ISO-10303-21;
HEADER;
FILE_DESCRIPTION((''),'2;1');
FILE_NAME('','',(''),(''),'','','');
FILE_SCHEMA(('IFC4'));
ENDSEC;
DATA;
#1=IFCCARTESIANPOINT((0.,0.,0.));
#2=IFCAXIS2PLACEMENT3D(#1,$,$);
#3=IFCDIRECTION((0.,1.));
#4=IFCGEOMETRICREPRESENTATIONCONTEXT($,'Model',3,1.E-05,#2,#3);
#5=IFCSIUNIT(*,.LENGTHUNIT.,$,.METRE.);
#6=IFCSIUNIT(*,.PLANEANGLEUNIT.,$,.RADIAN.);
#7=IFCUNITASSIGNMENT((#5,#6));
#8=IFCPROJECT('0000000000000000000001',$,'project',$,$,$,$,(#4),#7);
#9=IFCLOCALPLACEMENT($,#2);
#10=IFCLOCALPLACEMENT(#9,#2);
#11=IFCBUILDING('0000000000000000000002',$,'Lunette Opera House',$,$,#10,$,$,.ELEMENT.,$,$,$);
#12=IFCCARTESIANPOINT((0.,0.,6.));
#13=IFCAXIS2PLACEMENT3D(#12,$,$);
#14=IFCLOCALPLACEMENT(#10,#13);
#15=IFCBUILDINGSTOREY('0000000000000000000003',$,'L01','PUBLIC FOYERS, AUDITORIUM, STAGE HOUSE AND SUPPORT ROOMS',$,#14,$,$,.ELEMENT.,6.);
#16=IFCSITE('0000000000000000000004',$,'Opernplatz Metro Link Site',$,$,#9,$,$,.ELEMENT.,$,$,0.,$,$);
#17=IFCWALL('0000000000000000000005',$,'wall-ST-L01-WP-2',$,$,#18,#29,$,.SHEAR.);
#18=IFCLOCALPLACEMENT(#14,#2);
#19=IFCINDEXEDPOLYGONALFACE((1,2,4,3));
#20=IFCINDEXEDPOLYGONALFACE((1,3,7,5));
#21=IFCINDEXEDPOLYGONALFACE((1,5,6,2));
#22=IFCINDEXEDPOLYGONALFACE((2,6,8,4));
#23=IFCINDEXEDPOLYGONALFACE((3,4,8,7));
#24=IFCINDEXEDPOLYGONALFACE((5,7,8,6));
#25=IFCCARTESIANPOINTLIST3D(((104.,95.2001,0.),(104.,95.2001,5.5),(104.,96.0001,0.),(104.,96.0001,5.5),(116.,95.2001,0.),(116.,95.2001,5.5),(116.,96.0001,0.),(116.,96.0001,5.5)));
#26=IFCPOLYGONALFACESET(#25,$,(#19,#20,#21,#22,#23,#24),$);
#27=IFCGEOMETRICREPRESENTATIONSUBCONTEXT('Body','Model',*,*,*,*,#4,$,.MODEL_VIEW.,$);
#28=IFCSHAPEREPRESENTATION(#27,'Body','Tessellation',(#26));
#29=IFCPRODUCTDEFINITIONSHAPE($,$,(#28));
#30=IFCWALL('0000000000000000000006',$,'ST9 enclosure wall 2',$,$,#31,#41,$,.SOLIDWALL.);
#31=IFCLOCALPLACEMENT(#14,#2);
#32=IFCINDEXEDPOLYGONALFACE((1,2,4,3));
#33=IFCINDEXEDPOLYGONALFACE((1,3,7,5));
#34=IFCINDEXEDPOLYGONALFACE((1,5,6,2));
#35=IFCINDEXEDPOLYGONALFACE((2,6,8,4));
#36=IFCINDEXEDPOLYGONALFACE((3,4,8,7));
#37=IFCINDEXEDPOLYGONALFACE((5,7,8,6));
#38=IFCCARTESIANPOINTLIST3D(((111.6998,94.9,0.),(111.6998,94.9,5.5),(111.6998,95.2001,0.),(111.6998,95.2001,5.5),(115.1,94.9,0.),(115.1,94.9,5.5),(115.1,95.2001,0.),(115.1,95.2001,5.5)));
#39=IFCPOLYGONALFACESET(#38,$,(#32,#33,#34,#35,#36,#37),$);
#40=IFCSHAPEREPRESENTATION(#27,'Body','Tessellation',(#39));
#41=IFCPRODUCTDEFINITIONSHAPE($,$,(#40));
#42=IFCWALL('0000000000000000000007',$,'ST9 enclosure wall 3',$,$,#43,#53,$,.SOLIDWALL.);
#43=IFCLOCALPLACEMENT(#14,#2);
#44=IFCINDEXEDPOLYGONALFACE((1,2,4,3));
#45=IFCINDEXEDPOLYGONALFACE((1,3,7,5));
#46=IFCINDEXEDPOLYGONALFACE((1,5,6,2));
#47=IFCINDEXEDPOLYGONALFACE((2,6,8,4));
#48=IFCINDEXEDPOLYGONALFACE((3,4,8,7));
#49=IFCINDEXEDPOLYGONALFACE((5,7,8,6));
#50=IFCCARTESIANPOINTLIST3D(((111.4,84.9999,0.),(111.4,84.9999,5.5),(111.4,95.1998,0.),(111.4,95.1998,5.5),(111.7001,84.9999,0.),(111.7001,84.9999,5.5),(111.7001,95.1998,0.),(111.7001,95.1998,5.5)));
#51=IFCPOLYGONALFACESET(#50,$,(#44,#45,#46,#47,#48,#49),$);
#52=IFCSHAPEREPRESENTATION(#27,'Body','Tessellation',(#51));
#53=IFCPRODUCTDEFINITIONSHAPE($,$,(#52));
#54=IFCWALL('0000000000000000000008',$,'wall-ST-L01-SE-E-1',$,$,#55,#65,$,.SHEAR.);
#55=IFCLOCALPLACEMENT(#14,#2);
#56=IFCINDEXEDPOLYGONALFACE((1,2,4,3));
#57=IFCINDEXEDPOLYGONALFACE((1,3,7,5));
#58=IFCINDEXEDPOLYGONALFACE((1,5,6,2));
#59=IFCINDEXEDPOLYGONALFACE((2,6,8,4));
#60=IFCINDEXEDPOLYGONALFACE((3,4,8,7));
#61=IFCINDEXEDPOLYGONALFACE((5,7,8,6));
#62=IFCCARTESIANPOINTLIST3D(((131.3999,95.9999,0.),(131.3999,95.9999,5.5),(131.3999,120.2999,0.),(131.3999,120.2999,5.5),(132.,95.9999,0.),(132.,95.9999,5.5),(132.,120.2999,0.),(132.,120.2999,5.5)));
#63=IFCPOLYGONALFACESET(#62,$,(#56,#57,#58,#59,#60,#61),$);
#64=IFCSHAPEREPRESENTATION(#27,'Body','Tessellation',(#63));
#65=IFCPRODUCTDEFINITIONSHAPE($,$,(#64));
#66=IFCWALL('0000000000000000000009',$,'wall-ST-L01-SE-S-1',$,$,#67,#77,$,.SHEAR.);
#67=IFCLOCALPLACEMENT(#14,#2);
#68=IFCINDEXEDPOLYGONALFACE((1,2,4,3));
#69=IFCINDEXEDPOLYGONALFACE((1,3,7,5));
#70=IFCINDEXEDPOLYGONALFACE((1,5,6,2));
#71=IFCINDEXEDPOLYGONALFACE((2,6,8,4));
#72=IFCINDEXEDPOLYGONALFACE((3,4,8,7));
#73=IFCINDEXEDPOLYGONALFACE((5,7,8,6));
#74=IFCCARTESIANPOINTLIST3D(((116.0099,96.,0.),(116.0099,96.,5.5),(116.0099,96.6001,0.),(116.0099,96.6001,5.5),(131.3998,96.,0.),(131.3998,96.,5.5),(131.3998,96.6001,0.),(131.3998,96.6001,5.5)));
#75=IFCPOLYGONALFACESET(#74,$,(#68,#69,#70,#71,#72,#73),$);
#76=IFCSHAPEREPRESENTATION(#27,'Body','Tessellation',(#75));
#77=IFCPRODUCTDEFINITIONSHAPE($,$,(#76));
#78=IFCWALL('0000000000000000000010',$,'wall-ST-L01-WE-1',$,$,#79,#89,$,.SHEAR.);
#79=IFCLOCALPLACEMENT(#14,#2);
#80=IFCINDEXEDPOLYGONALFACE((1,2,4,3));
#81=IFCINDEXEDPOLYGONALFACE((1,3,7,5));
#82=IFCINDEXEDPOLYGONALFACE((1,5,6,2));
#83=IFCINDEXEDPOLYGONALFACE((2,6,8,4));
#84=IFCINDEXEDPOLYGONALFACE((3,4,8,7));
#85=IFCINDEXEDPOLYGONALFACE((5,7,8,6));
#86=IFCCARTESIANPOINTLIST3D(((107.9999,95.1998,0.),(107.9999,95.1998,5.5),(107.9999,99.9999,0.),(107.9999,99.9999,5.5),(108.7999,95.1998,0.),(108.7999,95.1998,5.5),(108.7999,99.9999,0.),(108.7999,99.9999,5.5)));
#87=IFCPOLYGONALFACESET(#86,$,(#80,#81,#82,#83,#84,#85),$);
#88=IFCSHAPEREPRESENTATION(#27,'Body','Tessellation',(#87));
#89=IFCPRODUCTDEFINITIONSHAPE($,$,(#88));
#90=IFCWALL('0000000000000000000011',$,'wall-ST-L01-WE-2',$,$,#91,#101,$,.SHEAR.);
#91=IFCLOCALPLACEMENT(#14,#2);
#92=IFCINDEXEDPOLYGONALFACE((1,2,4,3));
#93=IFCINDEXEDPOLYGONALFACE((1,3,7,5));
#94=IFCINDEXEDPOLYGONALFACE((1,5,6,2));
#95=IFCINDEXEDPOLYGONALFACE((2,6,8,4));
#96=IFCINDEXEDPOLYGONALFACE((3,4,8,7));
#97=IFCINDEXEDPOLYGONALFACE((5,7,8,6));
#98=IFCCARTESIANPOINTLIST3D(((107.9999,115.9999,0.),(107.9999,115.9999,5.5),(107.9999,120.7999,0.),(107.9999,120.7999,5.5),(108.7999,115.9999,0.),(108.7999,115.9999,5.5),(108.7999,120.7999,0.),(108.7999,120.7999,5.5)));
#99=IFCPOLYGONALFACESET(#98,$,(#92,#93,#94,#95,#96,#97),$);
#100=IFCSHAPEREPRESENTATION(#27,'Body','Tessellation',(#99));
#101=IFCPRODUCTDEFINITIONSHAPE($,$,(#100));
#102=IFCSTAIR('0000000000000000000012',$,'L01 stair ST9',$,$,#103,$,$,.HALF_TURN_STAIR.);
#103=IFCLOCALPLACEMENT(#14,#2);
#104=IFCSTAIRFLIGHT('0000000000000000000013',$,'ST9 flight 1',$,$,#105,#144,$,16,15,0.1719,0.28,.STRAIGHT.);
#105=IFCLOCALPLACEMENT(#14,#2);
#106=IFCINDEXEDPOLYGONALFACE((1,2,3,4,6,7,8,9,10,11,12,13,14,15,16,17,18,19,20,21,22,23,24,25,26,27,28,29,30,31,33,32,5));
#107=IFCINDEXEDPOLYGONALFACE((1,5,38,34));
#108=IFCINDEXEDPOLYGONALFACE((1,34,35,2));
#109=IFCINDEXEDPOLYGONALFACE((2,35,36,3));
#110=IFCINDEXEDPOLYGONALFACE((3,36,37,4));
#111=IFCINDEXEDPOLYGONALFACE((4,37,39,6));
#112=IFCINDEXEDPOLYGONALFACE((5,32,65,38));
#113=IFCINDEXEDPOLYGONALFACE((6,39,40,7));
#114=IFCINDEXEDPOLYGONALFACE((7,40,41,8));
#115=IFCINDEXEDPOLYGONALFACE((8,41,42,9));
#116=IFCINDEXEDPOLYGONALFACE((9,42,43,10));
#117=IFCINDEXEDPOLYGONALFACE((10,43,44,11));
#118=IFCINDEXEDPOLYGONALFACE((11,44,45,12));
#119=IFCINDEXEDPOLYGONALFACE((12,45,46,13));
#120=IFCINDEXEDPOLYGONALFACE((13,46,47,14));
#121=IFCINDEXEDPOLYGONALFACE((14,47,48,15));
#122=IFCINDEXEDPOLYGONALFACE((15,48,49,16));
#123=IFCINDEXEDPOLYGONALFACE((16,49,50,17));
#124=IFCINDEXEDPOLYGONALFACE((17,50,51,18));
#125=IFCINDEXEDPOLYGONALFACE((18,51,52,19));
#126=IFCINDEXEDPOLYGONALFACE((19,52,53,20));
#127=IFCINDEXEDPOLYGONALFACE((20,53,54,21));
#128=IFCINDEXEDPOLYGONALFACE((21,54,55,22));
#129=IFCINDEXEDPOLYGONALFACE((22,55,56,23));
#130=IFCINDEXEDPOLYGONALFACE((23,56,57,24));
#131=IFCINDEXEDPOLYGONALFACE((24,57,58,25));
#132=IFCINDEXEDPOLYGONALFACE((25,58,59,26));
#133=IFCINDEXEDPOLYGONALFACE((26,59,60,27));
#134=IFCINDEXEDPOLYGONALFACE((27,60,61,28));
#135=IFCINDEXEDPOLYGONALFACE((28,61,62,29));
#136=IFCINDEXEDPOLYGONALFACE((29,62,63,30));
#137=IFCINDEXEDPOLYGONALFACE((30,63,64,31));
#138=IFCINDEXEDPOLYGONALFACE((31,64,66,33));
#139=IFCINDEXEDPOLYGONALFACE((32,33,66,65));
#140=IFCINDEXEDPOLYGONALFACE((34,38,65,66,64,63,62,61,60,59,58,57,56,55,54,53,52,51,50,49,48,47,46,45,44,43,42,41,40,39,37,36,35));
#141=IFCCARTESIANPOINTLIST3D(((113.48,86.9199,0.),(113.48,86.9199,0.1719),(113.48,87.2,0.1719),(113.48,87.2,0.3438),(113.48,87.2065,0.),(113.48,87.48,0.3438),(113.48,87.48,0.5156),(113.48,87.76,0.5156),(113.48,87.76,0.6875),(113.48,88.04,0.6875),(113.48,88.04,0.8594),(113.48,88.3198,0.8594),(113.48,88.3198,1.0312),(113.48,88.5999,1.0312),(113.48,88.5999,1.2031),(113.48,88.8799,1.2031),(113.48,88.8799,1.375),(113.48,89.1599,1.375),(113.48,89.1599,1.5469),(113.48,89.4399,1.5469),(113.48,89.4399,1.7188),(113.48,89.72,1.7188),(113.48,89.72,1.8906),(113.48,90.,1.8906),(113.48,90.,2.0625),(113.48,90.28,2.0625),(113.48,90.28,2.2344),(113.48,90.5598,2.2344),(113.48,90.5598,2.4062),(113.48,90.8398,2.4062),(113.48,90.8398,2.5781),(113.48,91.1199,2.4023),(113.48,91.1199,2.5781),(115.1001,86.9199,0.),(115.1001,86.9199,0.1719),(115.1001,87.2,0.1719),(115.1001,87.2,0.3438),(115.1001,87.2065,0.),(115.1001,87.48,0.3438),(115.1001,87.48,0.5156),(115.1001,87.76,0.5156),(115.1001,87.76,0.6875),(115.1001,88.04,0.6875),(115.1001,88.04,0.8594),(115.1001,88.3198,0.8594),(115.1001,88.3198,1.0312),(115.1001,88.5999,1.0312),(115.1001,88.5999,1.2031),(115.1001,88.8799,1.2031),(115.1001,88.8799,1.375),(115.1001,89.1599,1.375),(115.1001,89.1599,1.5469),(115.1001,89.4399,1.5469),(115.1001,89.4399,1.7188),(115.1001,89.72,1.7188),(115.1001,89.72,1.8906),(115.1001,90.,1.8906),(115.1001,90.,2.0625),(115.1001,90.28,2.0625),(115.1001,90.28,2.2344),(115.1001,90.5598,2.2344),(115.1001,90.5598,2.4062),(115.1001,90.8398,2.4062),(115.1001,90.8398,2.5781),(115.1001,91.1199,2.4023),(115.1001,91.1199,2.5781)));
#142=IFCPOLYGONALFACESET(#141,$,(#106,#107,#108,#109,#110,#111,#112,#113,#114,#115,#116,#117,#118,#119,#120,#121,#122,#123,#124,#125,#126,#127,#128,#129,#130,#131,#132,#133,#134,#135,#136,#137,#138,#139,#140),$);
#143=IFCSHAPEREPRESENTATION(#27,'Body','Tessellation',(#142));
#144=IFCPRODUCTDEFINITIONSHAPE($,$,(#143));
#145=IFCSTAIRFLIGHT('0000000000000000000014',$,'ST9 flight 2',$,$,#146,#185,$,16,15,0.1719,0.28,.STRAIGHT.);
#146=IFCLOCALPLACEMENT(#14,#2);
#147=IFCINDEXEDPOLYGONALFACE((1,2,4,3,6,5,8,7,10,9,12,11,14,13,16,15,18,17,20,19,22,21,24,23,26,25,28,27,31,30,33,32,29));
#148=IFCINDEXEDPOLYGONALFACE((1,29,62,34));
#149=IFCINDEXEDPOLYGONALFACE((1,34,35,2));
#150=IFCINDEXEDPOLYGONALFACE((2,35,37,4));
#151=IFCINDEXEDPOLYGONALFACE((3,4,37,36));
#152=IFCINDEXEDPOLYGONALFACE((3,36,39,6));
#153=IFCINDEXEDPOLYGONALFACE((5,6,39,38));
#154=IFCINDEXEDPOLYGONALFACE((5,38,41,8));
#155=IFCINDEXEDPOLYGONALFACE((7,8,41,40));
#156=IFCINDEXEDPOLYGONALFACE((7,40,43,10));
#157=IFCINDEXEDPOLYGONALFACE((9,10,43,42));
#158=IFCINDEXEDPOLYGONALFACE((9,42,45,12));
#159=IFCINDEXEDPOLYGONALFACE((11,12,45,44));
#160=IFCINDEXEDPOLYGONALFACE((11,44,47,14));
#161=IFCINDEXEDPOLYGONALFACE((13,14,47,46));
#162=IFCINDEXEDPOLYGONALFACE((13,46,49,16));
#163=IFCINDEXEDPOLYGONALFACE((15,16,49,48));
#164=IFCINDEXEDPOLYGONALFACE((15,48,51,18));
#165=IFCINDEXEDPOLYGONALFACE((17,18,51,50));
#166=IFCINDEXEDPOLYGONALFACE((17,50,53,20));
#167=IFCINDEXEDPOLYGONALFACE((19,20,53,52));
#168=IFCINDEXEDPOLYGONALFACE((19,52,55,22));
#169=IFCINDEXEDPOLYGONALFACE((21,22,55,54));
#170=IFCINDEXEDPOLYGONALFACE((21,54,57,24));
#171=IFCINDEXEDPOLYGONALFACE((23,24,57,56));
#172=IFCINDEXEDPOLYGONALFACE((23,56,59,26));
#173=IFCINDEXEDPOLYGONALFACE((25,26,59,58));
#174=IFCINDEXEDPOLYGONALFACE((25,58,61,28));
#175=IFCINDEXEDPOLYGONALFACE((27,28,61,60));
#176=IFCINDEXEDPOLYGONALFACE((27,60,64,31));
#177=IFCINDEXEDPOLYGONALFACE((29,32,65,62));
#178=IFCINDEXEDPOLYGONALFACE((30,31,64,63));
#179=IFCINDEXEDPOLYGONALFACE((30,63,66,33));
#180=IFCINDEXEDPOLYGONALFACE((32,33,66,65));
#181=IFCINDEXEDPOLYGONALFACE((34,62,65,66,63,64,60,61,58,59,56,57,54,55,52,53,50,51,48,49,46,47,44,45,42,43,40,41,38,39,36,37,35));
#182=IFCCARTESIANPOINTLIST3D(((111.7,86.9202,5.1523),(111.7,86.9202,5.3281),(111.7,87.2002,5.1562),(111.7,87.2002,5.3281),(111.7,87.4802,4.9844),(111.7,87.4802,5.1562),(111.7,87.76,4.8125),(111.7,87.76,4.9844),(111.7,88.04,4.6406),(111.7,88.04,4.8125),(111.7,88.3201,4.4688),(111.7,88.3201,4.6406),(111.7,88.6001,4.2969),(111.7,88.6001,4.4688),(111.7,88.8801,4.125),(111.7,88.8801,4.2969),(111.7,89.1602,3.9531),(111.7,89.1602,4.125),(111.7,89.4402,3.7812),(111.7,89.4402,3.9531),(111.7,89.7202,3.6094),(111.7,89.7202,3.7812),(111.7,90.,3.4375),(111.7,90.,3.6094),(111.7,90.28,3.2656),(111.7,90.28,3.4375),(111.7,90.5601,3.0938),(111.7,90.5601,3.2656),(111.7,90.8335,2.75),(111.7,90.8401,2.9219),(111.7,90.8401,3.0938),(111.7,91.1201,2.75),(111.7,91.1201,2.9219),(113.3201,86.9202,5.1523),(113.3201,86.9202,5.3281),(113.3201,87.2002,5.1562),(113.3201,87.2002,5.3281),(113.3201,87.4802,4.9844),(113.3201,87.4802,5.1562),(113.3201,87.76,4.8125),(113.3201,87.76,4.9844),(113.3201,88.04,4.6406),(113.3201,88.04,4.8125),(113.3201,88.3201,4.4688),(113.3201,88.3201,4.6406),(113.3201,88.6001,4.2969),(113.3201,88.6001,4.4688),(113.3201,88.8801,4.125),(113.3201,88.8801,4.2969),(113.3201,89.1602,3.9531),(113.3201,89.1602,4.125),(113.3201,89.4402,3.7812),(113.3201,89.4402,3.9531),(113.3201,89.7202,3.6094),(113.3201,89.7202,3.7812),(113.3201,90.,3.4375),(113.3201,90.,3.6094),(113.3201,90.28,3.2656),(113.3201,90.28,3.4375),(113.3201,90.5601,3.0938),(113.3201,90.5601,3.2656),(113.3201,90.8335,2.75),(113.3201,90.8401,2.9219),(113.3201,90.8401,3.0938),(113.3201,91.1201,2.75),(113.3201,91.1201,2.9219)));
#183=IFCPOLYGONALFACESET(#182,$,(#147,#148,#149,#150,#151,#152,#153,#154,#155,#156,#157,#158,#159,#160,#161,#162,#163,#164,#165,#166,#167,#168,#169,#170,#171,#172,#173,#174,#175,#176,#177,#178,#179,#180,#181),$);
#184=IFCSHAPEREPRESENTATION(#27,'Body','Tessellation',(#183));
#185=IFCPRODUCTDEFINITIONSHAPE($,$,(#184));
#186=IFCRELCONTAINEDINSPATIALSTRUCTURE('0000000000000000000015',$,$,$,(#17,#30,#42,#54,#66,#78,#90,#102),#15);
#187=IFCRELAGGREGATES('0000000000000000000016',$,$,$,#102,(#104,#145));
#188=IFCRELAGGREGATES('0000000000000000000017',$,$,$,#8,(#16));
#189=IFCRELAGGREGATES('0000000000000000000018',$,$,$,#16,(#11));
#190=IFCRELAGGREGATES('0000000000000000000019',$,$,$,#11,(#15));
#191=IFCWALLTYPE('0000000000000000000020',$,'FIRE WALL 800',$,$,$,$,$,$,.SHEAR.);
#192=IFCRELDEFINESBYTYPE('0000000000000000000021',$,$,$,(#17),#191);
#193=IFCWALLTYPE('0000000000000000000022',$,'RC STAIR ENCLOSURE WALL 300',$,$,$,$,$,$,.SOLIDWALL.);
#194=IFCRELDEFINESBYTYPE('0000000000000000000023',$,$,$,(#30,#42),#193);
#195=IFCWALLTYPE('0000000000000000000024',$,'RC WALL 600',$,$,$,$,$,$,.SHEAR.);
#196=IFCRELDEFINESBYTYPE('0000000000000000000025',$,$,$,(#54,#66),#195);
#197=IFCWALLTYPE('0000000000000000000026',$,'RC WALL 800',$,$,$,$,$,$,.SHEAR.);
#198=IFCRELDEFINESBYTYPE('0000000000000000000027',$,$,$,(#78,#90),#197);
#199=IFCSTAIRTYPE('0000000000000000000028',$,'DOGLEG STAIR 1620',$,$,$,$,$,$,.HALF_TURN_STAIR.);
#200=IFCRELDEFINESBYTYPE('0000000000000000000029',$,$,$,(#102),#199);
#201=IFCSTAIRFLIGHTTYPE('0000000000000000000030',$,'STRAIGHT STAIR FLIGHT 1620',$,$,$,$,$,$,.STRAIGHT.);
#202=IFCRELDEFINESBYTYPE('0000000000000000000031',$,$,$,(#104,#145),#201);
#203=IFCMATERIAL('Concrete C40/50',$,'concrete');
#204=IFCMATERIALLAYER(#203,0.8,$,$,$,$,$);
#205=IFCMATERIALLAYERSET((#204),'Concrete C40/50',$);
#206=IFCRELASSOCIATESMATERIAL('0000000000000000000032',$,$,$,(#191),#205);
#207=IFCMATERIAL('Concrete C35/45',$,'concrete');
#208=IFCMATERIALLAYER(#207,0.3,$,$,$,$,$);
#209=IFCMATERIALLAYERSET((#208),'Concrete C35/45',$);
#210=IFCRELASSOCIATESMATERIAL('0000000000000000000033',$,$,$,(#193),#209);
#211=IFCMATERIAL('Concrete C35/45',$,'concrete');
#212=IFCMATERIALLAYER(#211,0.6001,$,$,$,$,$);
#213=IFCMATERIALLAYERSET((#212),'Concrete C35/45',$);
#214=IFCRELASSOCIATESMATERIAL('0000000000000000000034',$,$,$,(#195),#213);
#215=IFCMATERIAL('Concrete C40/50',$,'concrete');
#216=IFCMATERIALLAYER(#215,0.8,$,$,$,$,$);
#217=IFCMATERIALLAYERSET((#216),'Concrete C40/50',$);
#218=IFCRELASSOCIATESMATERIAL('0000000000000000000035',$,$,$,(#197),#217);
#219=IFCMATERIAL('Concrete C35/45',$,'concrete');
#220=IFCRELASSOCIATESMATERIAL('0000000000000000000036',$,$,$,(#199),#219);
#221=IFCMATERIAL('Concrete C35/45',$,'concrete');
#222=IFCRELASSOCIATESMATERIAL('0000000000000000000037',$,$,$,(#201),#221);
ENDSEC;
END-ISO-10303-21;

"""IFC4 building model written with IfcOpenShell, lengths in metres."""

from ifc_helpers import new_model, si_unit, direction, frame, frame_2d, origin, place, context, subcontext, project, spatial, polyline, rectangle, outline, extrude, material, layer, layer_set, type_object, element, aggregate, save


model = new_model("IFC4")

# Units and contexts
model_context = context("Model", 3, precision=1e-05, world=origin(), true_north=direction((0.0, 1.0)))
body_context = subcontext(model_context, "Body", "Model", "MODEL_VIEW")
ifc_project = project(units=[si_unit("LENGTHUNIT", "METRE"), si_unit("PLANEANGLEUNIT", "RADIAN")], contexts=[model_context])

# Site, building, storey
site_placement = place(None, origin())
site = spatial("IfcSite", under=ifc_project, at=site_placement, Name="Opernplatz Metro Link Site", CompositionType="ELEMENT", RefElevation=0.0)
building_placement = place(site_placement, origin())
building = spatial("IfcBuilding", under=site, at=building_placement, Name="Lunette Opera House", CompositionType="ELEMENT")
storey_placement = place(building_placement, frame((0.0, 0.0, 6.0)))
storey = spatial("IfcBuildingStorey", under=building, at=storey_placement, Name="L01", Description="PUBLIC FOYERS, AUDITORIUM, STAGE HOUSE AND SUPPORT ROOMS", CompositionType="ELEMENT", Elevation=6.0)

# Walls
ifc_material_1 = material(Name="Concrete C40/50", Category="concrete")
ifc_layer_1 = layer(ifc_material_1, 0.8)
ifc_layer_set_1 = layer_set([ifc_layer_1], Name="Concrete C40/50")
wall_type_1 = type_object("IfcWallType", Name="FIRE WALL 800", PredefinedType="SHEAR", material=ifc_layer_set_1)
wall_1_placement = place(storey_placement, frame((104.0, 95.6001, 0.0), z_axis=(0.0, 0.0, 1.0), x_axis=(1.0, 0.0, 0.0)))
element("IfcWall", 1, at=wall_1_placement, inside=storey, type_object=wall_type_1, Name="wall-ST-L01-WP-2", PredefinedType="SHEAR", context=body_context, shape_type="SweptSolid", body=[
    extrude(rectangle(XDim=12.0, YDim=0.8, at=frame_2d((6.0, 0.0))), origin(), (0.0, 0.0, 1.0), 5.5),
])
ifc_material_2 = material(Name="Concrete C35/45", Category="concrete")
ifc_layer_2 = layer(ifc_material_2, 0.3)
ifc_layer_set_2 = layer_set([ifc_layer_2], Name="Concrete C35/45")
wall_type_2 = type_object("IfcWallType", Name="RC STAIR ENCLOSURE WALL 300", PredefinedType="SOLIDWALL", material=ifc_layer_set_2)
wall_2_placement = place(storey_placement, frame((115.1001, 95.05, 0.0), z_axis=(0.0, 0.0, 1.0), x_axis=(-1.0, 0.0, 0.0)))
element("IfcWall", 2, at=wall_2_placement, inside=storey, type_object=wall_type_2, Name="ST9 enclosure wall 2", PredefinedType="SOLIDWALL", context=body_context, shape_type="SweptSolid", body=[
    extrude(rectangle(XDim=3.4001, YDim=0.3, at=frame_2d((1.7002, 0.0))), origin(), (0.0, 0.0, 1.0), 5.5),
])
wall_3_placement = place(storey_placement, frame((111.55, 95.2, 0.0), z_axis=(0.0, 0.0, 1.0), x_axis=(0.0, -1.0, 0.0)))
element("IfcWall", 3, at=wall_3_placement, inside=storey, type_object=wall_type_2, Name="ST9 enclosure wall 3", PredefinedType="SOLIDWALL", context=body_context, shape_type="SweptSolid", body=[
    extrude(rectangle(XDim=10.2, YDim=0.3, at=frame_2d((5.1001, 0.0))), origin(), (0.0, 0.0, 1.0), 5.5),
])
ifc_material_3 = material(Name="Concrete C35/45", Category="concrete")
ifc_layer_3 = layer(ifc_material_3, 0.6001)
ifc_layer_set_3 = layer_set([ifc_layer_3], Name="Concrete C35/45")
wall_type_3 = type_object("IfcWallType", Name="RC WALL 600", PredefinedType="SHEAR", material=ifc_layer_set_3)
wall_4_placement = place(storey_placement, frame((131.7, 96.0, 0.0), z_axis=(0.0, 0.0, 1.0), x_axis=(0.0, 1.0, 0.0)))
element("IfcWall", 4, at=wall_4_placement, inside=storey, type_object=wall_type_3, Name="wall-ST-L01-SE-E-1", PredefinedType="SHEAR", context=body_context, shape_type="SweptSolid", body=[
    extrude(rectangle(XDim=24.3, YDim=0.6001, at=frame_2d((12.1499, 0.0))), origin(), (0.0, 0.0, 1.0), 5.5),
])
wall_5_placement = place(storey_placement, frame((116.01, 96.3, 0.0), z_axis=(0.0, 0.0, 1.0), x_axis=(1.0, 0.0, 0.0)))
element("IfcWall", 5, at=wall_5_placement, inside=storey, type_object=wall_type_3, Name="wall-ST-L01-SE-S-1", PredefinedType="SHEAR", context=body_context, shape_type="SweptSolid", body=[
    extrude(rectangle(XDim=15.3899, YDim=0.6001, at=frame_2d((7.6948, 0.0))), origin(), (0.0, 0.0, 1.0), 5.5),
])
ifc_material_4 = material(Name="Concrete C40/50", Category="concrete")
ifc_layer_4 = layer(ifc_material_4, 0.8)
ifc_layer_set_4 = layer_set([ifc_layer_4], Name="Concrete C40/50")
wall_type_4 = type_object("IfcWallType", Name="RC WALL 800", PredefinedType="SHEAR", material=ifc_layer_set_4)
for number, where, z_axis, x_axis, name in (
    (6, (108.3999, 95.2, 0.0), (0.0, 0.0, 1.0), (0.0, 1.0, 0.0), "wall-ST-L01-WE-1"),
    (7, (108.3999, 116.0, 0.0), (0.0, 0.0, 1.0), (0.0, 1.0, 0.0), "wall-ST-L01-WE-2"),
):
    element("IfcWall", number, at=place(storey_placement, frame(where, z_axis=z_axis, x_axis=x_axis)), inside=storey, type_object=wall_type_4, Name=name, PredefinedType="SHEAR", context=body_context, shape_type="SweptSolid", body=[
        extrude(rectangle(XDim=4.8, YDim=0.8, at=frame_2d((2.3999, 0.0))), origin(), (0.0, 0.0, 1.0), 5.5),
    ])

# Stair, stair flights
ifc_material_5 = material(Name="Concrete C35/45", Category="concrete")
stair_type = type_object("IfcStairType", Name="DOGLEG STAIR 1620", PredefinedType="HALF_TURN_STAIR", material=ifc_material_5)
stair_placement = place(storey_placement, origin())
stair = element("IfcStair", 8, at=stair_placement, inside=storey, type_object=stair_type, Name="L01 stair ST9", PredefinedType="HALF_TURN_STAIR")
ifc_material_6 = material(Name="Concrete C35/45", Category="concrete")
stair_flight_type = type_object("IfcStairFlightType", Name="STRAIGHT STAIR FLIGHT 1620", PredefinedType="STRAIGHT", material=ifc_material_6)
stair_flight_1_placement = place(storey_placement, frame((114.29, 86.9199, 0.0), z_axis=(0.0, 0.0, 1.0), x_axis=(0.0, 1.0, 0.0)))
stair_flight_1 = element("IfcStairFlight", 9, at=stair_flight_1_placement, type_object=stair_flight_type, Name="ST9 flight 1", NumberOfRisers=16, NumberOfTreads=15, PredefinedType="STRAIGHT", RiserHeight=0.1719, TreadLength=0.28, context=body_context, shape_type="SweptSolid", body=[
    extrude(outline(polyline([(0.0, 0.0), (0.0, 0.1719), (0.28, 0.1719), (0.28, 0.3438), (0.5601, 0.3438), (0.5601, 0.5156), (0.8401, 0.5156), (0.8401, 0.6875), (1.1201, 0.6875), (1.1201, 0.8594), (1.3999, 0.8594), (1.3999, 1.0312), (1.6799, 1.0312), (1.6799, 1.2031), (1.96, 1.2031), (1.96, 1.375), (2.24, 1.375), (2.24, 1.5469), (2.52, 1.5469), (2.52, 1.7188), (2.8, 1.7188), (2.8, 1.8906), (3.0801, 1.8906), (3.0801, 2.0625), (3.3601, 2.0625), (3.3601, 2.2344), (3.6399, 2.2344), (3.6399, 2.4062), (3.9199, 2.4062), (3.9199, 2.5781), (4.2, 2.5781), (4.2, 2.75), (4.2, 2.4023), (0.2866, 0.0), (0.0, 0.0)])), frame((0.0, 0.8101, 0.0), z_axis=(0.0, -1.0, 0.0), x_axis=(1.0, 0.0, 0.0)), (0.0, 0.0, 1.0), 1.6201),
])
stair_flight_2_placement = place(storey_placement, frame((112.51, 91.1201, 2.75), z_axis=(0.0, 0.0, 1.0), x_axis=(0.0, -1.0, 0.0)))
stair_flight_2 = element("IfcStairFlight", 10, at=stair_flight_2_placement, type_object=stair_flight_type, Name="ST9 flight 2", NumberOfRisers=16, NumberOfTreads=15, PredefinedType="STRAIGHT", RiserHeight=0.1719, TreadLength=0.28, context=body_context, shape_type="SweptSolid", body=[
    extrude(outline(polyline([(0.0, 0.0), (0.0, 0.1719), (0.28, 0.1719), (0.28, 0.3438), (0.5601, 0.3438), (0.5601, 0.5156), (0.8401, 0.5156), (0.8401, 0.6875), (1.1201, 0.6875), (1.1201, 0.8594), (1.3999, 0.8594), (1.3999, 1.0312), (1.6799, 1.0312), (1.6799, 1.2031), (1.96, 1.2031), (1.96, 1.375), (2.24, 1.375), (2.24, 1.5469), (2.52, 1.5469), (2.52, 1.7188), (2.8, 1.7188), (2.8, 1.8906), (3.0801, 1.8906), (3.0801, 2.0625), (3.3601, 2.0625), (3.3601, 2.2344), (3.6399, 2.2344), (3.6399, 2.4062), (3.9199, 2.4062), (3.9199, 2.5781), (4.2, 2.5781), (4.2, 2.75), (4.2, 2.4023), (0.2866, 0.0), (0.0, 0.0)])), frame((0.0, 0.8101, 0.0), z_axis=(0.0, -1.0, 0.0), x_axis=(1.0, 0.0, 0.0)), (0.0, 0.0, 1.0), 1.6201),
])
aggregate(stair, [stair_flight_1, stair_flight_2])

save(model, "model.ifc")
